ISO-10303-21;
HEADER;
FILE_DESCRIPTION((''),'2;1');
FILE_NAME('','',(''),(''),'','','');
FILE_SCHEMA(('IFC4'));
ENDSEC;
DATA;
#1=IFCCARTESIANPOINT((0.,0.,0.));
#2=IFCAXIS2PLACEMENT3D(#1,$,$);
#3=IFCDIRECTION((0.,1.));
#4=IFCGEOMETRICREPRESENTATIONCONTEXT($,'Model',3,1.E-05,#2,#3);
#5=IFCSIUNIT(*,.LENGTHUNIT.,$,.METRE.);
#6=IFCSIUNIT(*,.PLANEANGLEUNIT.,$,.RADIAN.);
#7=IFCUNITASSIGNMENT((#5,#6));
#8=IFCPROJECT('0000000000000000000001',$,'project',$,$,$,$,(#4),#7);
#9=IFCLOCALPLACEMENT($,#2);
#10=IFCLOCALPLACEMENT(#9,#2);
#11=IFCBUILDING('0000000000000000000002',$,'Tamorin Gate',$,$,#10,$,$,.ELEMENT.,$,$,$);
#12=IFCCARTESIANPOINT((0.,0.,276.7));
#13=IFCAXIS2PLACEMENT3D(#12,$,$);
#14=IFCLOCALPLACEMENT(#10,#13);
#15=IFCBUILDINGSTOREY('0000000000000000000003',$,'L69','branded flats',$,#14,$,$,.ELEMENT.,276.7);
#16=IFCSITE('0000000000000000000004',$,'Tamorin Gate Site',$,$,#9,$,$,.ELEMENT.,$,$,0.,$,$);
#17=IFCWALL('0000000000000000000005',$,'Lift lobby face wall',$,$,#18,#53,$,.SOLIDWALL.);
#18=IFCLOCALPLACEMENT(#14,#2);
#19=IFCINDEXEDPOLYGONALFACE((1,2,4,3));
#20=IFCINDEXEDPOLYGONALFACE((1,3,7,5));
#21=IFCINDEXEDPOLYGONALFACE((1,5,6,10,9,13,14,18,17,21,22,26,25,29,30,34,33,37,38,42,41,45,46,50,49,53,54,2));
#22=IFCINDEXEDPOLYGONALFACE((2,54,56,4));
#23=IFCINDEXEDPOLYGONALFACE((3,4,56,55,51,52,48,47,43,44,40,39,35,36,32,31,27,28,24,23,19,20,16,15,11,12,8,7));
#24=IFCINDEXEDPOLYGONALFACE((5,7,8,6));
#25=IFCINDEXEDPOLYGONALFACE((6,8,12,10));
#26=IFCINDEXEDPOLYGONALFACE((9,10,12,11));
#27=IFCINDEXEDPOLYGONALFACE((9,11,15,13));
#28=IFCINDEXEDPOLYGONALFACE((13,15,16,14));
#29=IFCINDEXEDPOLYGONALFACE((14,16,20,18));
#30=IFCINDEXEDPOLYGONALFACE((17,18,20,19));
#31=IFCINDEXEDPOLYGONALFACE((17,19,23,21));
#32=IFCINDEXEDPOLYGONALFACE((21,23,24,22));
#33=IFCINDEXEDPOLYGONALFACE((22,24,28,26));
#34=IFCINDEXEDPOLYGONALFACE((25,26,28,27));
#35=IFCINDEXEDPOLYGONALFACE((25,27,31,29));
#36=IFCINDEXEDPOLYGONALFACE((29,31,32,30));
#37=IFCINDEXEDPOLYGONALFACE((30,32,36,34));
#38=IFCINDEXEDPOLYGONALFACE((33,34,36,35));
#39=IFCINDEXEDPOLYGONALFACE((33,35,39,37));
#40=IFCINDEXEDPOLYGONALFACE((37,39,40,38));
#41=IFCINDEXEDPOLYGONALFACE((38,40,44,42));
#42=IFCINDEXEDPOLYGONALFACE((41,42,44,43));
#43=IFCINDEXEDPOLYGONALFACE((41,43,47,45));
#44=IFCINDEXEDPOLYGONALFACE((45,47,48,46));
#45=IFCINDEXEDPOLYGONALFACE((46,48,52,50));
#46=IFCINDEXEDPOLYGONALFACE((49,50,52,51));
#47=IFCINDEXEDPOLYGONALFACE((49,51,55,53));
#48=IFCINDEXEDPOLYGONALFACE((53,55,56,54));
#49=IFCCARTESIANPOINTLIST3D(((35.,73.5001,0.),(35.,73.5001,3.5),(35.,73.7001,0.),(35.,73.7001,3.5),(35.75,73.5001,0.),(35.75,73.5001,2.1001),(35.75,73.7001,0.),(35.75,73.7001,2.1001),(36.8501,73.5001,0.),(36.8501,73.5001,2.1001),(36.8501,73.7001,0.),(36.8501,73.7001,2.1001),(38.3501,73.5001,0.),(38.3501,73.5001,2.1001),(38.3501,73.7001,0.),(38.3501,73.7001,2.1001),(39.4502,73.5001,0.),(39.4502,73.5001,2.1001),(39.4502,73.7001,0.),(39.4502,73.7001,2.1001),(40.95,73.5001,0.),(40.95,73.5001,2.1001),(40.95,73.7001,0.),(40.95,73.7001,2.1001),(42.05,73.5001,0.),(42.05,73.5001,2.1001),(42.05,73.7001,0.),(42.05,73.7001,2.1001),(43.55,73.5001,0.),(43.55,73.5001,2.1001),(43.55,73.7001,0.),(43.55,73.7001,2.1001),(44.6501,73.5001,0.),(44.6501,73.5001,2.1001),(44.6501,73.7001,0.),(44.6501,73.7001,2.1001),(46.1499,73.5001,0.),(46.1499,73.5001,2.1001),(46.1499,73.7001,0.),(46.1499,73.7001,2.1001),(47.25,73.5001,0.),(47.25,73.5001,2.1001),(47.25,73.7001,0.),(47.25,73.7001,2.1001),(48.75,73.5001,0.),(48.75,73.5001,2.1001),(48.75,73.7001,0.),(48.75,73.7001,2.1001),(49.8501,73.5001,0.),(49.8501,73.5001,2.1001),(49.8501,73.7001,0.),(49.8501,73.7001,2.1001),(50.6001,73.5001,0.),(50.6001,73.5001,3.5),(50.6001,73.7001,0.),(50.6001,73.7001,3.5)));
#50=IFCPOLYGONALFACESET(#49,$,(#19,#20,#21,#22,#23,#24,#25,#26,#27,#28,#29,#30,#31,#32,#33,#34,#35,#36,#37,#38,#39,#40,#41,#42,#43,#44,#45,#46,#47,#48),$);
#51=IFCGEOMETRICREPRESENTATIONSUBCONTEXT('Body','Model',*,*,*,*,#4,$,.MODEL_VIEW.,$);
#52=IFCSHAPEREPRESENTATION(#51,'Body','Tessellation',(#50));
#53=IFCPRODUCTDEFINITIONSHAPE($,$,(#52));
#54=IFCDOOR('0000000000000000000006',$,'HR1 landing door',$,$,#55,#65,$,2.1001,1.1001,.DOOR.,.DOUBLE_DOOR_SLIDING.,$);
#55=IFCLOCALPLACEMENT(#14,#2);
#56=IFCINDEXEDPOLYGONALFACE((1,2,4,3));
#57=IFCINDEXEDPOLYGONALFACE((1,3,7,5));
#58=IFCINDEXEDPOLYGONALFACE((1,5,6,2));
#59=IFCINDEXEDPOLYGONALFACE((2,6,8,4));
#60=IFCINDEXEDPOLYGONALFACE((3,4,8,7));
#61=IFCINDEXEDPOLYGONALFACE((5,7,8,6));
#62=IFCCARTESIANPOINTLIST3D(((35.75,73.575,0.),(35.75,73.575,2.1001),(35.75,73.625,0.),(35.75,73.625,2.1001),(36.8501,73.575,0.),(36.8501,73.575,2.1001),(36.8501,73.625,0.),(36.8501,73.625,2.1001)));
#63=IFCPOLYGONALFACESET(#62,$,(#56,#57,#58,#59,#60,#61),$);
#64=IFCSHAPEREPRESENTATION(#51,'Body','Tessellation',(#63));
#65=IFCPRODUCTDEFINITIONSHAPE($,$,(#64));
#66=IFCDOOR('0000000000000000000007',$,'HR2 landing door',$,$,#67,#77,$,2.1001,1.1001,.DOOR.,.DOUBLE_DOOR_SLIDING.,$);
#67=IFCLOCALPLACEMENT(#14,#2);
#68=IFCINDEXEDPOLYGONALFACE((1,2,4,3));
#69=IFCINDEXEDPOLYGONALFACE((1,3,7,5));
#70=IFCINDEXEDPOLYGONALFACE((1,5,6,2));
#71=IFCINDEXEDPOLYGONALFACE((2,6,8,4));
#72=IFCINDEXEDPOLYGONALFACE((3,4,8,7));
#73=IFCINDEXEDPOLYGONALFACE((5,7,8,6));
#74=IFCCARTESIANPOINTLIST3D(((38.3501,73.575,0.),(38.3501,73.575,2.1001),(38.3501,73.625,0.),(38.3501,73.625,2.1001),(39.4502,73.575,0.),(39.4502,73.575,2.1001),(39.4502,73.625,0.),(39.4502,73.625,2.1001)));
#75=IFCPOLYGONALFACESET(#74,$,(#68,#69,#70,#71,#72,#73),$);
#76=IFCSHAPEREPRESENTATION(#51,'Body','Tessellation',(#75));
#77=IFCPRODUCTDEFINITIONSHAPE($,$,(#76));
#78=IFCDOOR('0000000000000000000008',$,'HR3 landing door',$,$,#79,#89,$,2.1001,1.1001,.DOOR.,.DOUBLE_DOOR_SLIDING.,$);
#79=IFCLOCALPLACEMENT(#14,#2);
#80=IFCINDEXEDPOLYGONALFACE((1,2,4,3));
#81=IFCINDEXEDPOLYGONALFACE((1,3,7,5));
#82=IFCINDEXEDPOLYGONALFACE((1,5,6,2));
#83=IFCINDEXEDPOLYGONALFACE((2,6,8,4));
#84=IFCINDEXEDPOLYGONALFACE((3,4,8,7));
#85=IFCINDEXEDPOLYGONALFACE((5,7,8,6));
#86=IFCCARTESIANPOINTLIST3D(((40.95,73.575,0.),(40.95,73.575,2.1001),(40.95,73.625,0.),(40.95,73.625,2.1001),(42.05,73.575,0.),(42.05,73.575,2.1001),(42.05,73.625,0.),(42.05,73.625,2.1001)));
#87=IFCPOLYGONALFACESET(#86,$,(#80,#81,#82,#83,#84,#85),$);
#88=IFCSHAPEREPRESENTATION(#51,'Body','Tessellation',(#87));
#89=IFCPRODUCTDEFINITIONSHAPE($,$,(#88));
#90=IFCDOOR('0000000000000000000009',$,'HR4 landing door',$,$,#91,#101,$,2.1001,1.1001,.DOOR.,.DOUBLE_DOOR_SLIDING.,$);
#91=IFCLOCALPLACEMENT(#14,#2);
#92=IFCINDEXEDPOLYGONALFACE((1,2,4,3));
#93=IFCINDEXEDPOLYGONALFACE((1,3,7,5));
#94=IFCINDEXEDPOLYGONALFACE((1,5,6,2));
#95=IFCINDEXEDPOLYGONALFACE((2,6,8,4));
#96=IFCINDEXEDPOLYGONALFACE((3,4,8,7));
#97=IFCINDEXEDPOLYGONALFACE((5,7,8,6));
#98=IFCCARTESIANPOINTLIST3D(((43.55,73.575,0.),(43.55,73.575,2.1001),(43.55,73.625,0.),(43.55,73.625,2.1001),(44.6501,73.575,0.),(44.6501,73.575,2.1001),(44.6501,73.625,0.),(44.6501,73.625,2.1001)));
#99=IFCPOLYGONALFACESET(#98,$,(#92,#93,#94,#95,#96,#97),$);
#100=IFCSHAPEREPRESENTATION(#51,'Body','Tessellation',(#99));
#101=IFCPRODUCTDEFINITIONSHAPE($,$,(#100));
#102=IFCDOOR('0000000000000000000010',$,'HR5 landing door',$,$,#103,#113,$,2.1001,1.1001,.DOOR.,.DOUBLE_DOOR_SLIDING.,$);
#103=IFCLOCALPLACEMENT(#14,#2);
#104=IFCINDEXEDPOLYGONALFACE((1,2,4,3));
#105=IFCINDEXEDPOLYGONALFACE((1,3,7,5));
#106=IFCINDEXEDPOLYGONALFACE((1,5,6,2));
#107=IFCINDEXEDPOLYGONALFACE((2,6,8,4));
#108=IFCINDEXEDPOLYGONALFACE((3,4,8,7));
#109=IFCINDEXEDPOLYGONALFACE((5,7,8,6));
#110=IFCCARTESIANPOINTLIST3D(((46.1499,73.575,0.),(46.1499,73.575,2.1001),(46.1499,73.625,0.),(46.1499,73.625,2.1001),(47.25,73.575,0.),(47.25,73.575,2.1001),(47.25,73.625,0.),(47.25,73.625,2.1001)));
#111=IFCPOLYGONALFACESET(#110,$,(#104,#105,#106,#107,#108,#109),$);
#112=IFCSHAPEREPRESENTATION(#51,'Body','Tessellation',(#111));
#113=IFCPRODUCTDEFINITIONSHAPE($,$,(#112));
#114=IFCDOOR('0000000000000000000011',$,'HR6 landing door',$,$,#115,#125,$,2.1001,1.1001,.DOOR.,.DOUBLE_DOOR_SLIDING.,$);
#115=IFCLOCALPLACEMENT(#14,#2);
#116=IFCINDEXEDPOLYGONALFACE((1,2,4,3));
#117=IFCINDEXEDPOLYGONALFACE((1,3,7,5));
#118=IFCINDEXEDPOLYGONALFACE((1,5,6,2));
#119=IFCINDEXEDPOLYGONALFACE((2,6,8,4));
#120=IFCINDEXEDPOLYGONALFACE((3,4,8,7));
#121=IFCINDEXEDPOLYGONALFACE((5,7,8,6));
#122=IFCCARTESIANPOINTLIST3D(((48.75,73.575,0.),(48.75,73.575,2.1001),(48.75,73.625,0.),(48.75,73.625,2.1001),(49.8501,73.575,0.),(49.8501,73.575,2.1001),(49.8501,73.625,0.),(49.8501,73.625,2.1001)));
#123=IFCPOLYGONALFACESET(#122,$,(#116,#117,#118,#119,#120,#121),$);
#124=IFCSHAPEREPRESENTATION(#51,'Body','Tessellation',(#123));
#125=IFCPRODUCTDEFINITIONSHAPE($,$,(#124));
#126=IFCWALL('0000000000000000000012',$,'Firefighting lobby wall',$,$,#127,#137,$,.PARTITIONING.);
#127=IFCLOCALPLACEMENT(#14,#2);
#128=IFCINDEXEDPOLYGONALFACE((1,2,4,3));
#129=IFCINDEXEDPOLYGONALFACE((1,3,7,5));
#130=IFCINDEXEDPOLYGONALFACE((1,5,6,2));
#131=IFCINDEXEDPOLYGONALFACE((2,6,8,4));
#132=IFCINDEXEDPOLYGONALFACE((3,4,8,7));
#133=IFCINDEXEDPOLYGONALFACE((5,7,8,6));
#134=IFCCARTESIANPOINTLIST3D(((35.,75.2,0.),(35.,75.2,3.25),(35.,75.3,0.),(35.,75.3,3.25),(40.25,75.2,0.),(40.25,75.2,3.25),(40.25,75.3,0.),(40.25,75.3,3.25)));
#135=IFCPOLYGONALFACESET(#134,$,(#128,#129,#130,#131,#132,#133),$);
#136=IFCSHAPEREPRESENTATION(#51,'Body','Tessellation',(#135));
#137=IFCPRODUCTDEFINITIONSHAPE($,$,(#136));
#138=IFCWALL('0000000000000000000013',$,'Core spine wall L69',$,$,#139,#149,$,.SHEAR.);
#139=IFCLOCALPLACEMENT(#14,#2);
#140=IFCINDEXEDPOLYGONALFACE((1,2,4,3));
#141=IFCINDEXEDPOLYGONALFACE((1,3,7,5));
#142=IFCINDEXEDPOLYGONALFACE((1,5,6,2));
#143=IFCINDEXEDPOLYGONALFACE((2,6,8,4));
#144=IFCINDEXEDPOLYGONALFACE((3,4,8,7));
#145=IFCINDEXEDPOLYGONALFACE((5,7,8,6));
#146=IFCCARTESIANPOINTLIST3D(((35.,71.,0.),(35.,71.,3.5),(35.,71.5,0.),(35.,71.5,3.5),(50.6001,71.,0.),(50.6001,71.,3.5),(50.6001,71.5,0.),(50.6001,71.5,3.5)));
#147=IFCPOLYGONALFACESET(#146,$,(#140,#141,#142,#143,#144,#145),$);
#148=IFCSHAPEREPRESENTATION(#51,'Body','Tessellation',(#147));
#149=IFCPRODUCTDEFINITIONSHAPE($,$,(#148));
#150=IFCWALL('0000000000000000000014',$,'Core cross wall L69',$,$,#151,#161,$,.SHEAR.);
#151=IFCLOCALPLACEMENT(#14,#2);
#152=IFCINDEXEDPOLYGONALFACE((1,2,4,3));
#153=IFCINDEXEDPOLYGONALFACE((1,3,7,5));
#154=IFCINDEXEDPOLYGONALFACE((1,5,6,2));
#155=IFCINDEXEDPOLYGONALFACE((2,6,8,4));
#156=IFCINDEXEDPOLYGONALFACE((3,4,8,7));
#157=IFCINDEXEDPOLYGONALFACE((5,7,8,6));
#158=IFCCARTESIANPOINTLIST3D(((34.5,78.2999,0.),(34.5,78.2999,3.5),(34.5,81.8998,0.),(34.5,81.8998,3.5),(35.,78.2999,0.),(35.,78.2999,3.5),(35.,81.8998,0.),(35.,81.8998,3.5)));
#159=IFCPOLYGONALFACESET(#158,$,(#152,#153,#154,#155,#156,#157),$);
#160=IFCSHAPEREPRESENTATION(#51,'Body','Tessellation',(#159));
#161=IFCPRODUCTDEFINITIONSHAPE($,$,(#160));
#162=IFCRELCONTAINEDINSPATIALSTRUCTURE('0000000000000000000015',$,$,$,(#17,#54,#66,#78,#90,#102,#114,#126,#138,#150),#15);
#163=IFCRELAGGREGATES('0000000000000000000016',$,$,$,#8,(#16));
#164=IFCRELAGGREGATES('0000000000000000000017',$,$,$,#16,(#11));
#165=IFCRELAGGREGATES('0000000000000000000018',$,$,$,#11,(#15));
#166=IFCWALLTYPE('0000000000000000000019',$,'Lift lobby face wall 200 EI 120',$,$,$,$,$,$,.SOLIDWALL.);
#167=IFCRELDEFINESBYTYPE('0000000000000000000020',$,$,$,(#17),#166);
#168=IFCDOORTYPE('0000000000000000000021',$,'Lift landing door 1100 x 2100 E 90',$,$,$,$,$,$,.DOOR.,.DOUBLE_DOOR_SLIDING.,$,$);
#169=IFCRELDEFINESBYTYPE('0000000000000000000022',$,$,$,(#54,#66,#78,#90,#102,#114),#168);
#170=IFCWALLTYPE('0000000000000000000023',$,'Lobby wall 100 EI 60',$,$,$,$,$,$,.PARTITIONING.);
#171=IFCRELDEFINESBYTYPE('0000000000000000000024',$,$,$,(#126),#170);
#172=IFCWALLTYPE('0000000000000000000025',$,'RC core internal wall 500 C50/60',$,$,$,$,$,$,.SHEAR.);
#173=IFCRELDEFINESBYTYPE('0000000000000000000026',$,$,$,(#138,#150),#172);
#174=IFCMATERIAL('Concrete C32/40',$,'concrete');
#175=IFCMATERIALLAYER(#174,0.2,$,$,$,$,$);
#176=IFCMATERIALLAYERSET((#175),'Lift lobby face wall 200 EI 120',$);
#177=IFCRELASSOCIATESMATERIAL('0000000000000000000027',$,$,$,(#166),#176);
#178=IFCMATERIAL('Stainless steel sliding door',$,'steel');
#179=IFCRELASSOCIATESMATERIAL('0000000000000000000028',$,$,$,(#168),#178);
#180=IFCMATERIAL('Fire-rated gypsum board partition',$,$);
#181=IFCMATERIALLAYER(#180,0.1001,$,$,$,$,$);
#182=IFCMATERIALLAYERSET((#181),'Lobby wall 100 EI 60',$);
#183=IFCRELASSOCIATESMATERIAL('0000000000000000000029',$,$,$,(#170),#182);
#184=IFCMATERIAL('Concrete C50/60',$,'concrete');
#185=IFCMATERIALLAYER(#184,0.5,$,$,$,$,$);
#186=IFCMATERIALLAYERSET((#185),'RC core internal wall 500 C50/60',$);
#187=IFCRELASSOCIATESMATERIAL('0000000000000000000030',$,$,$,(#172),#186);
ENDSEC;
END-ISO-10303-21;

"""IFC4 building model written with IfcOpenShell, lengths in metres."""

from ifc_helpers import new_model, si_unit, direction, frame, frame_2d, origin, place, context, subcontext, project, spatial, rectangle, extrude, material, layer, layer_set, type_object, element, fill, save


model = new_model("IFC4")

# Units and contexts
model_context = context("Model", 3, precision=1e-05, world=origin(), true_north=direction((0.0, 1.0)))
body_context = subcontext(model_context, "Body", "Model", "MODEL_VIEW")
ifc_project = project(units=[si_unit("LENGTHUNIT", "METRE"), si_unit("PLANEANGLEUNIT", "RADIAN")], contexts=[model_context])

# Site, building, storey
site_placement = place(None, origin())
site = spatial("IfcSite", under=ifc_project, at=site_placement, Name="Tamorin Gate Site", CompositionType="ELEMENT", RefElevation=0.0)
building_placement = place(site_placement, origin())
building = spatial("IfcBuilding", under=site, at=building_placement, Name="Tamorin Gate", CompositionType="ELEMENT")
storey_placement = place(building_placement, frame((0.0, 0.0, 276.7)))
storey = spatial("IfcBuildingStorey", under=building, at=storey_placement, Name="L69", Description="branded flats", CompositionType="ELEMENT", Elevation=276.7)

# Wall, openings, doors
ifc_material_1 = material(Name="Concrete C32/40", Category="concrete")
ifc_layer_1 = layer(ifc_material_1, 0.2)
ifc_layer_set_1 = layer_set([ifc_layer_1], Name="Lift lobby face wall 200 EI 120")
wall_type_1 = type_object("IfcWallType", Name="Lift lobby face wall 200 EI 120", PredefinedType="SOLIDWALL", material=ifc_layer_set_1)
wall_1_placement = place(storey_placement, frame((35.0, 73.6001, 0.0), z_axis=(0.0, 0.0, 1.0), x_axis=(1.0, 0.0, 0.0)))
wall_1 = element("IfcWall", 1, at=wall_1_placement, inside=storey, type_object=wall_type_1, Name="Lift lobby face wall", PredefinedType="SOLIDWALL", context=body_context, shape_type="SweptSolid", body=[
    extrude(rectangle(XDim=15.6001, YDim=0.2, at=frame_2d((7.8, 0.0))), origin(), (0.0, 0.0, 1.0), 3.5),
])
opening_1_placement = place(wall_1_placement, frame((0.75, 0.0, 0.0)))
opening_1 = element("IfcOpeningElement", 2, at=opening_1_placement, cuts=wall_1, PredefinedType="OPENING", context=body_context, shape_type="SweptSolid", body=[
    extrude(rectangle(XDim=1.1001, YDim=2.1001, at=frame_2d((0.55, 1.05))), frame((0.0, 0.1099, 0.0), z_axis=(0.0, -1.0, 0.0), x_axis=(1.0, 0.0, 0.0)), (0.0, 0.0, 1.0), 0.22),
])
opening_2_placement = place(wall_1_placement, frame((3.3501, 0.0, 0.0)))
opening_2 = element("IfcOpeningElement", 3, at=opening_2_placement, cuts=wall_1, PredefinedType="OPENING", context=body_context, shape_type="SweptSolid", body=[
    extrude(rectangle(XDim=1.1001, YDim=2.1001, at=frame_2d((0.55, 1.05))), frame((0.0, 0.1099, 0.0), z_axis=(0.0, -1.0, 0.0), x_axis=(1.0, 0.0, 0.0)), (0.0, 0.0, 1.0), 0.22),
])
opening_3_placement = place(wall_1_placement, frame((5.95, 0.0, 0.0)))
opening_3 = element("IfcOpeningElement", 4, at=opening_3_placement, cuts=wall_1, PredefinedType="OPENING", context=body_context, shape_type="SweptSolid", body=[
    extrude(rectangle(XDim=1.1001, YDim=2.1001, at=frame_2d((0.55, 1.05))), frame((0.0, 0.1099, 0.0), z_axis=(0.0, -1.0, 0.0), x_axis=(1.0, 0.0, 0.0)), (0.0, 0.0, 1.0), 0.22),
])
opening_4_placement = place(wall_1_placement, frame((8.55, 0.0, 0.0)))
opening_4 = element("IfcOpeningElement", 5, at=opening_4_placement, cuts=wall_1, PredefinedType="OPENING", context=body_context, shape_type="SweptSolid", body=[
    extrude(rectangle(XDim=1.1001, YDim=2.1001, at=frame_2d((0.55, 1.05))), frame((0.0, 0.1099, 0.0), z_axis=(0.0, -1.0, 0.0), x_axis=(1.0, 0.0, 0.0)), (0.0, 0.0, 1.0), 0.22),
])
opening_5_placement = place(wall_1_placement, frame((11.1499, 0.0, 0.0)))
opening_5 = element("IfcOpeningElement", 6, at=opening_5_placement, cuts=wall_1, PredefinedType="OPENING", context=body_context, shape_type="SweptSolid", body=[
    extrude(rectangle(XDim=1.1001, YDim=2.1001, at=frame_2d((0.55, 1.05))), frame((0.0, 0.1099, 0.0), z_axis=(0.0, -1.0, 0.0), x_axis=(1.0, 0.0, 0.0)), (0.0, 0.0, 1.0), 0.22),
])
opening_6_placement = place(wall_1_placement, frame((13.75, 0.0, 0.0)))
opening_6 = element("IfcOpeningElement", 7, at=opening_6_placement, cuts=wall_1, PredefinedType="OPENING", context=body_context, shape_type="SweptSolid", body=[
    extrude(rectangle(XDim=1.1001, YDim=2.1001, at=frame_2d((0.55, 1.05))), frame((0.0, 0.1099, 0.0), z_axis=(0.0, -1.0, 0.0), x_axis=(1.0, 0.0, 0.0)), (0.0, 0.0, 1.0), 0.22),
])
ifc_material_2 = material(Name="Stainless steel sliding door", Category="steel")
door_type_1 = type_object("IfcDoorType", Name="Lift landing door 1100 x 2100 E 90", OperationType="DOUBLE_DOOR_SLIDING", PredefinedType="DOOR", material=ifc_material_2)
door_1_placement = place(opening_1_placement, origin())
door_1 = element("IfcDoor", 8, at=door_1_placement, inside=storey, type_object=door_type_1, Name="HR1 landing door", OperationType="DOUBLE_DOOR_SLIDING", OverallHeight=2.1001, OverallWidth=1.1001, PredefinedType="DOOR", context=body_context, shape_type="SweptSolid", body=[
    extrude(rectangle(XDim=1.1001, YDim=2.1001, at=frame_2d((0.55, 1.05))), frame((0.0, 0.0249, 0.0), z_axis=(0.0, -1.0, 0.0), x_axis=(1.0, 0.0, 0.0)), (0.0, 0.0, 1.0), 0.05),
])
fill(opening_1, door_1)
door_2_placement = place(opening_2_placement, origin())
door_2 = element("IfcDoor", 9, at=door_2_placement, inside=storey, type_object=door_type_1, Name="HR2 landing door", OperationType="DOUBLE_DOOR_SLIDING", OverallHeight=2.1001, OverallWidth=1.1001, PredefinedType="DOOR", context=body_context, shape_type="SweptSolid", body=[
    extrude(rectangle(XDim=1.1001, YDim=2.1001, at=frame_2d((0.55, 1.05))), frame((0.0, 0.0249, 0.0), z_axis=(0.0, -1.0, 0.0), x_axis=(1.0, 0.0, 0.0)), (0.0, 0.0, 1.0), 0.05),
])
fill(opening_2, door_2)
door_3_placement = place(opening_3_placement, origin())
door_3 = element("IfcDoor", 10, at=door_3_placement, inside=storey, type_object=door_type_1, Name="HR3 landing door", OperationType="DOUBLE_DOOR_SLIDING", OverallHeight=2.1001, OverallWidth=1.1001, PredefinedType="DOOR", context=body_context, shape_type="SweptSolid", body=[
    extrude(rectangle(XDim=1.1001, YDim=2.1001, at=frame_2d((0.55, 1.05))), frame((0.0, 0.0249, 0.0), z_axis=(0.0, -1.0, 0.0), x_axis=(1.0, 0.0, 0.0)), (0.0, 0.0, 1.0), 0.05),
])
fill(opening_3, door_3)
door_4_placement = place(opening_4_placement, origin())
door_4 = element("IfcDoor", 11, at=door_4_placement, inside=storey, type_object=door_type_1, Name="HR4 landing door", OperationType="DOUBLE_DOOR_SLIDING", OverallHeight=2.1001, OverallWidth=1.1001, PredefinedType="DOOR", context=body_context, shape_type="SweptSolid", body=[
    extrude(rectangle(XDim=1.1001, YDim=2.1001, at=frame_2d((0.55, 1.05))), frame((0.0, 0.0249, 0.0), z_axis=(0.0, -1.0, 0.0), x_axis=(1.0, 0.0, 0.0)), (0.0, 0.0, 1.0), 0.05),
])
fill(opening_4, door_4)
door_5_placement = place(opening_5_placement, origin())
door_5 = element("IfcDoor", 12, at=door_5_placement, inside=storey, type_object=door_type_1, Name="HR5 landing door", OperationType="DOUBLE_DOOR_SLIDING", OverallHeight=2.1001, OverallWidth=1.1001, PredefinedType="DOOR", context=body_context, shape_type="SweptSolid", body=[
    extrude(rectangle(XDim=1.1001, YDim=2.1001, at=frame_2d((0.55, 1.05))), frame((0.0, 0.0249, 0.0), z_axis=(0.0, -1.0, 0.0), x_axis=(1.0, 0.0, 0.0)), (0.0, 0.0, 1.0), 0.05),
])
fill(opening_5, door_5)
door_6_placement = place(opening_6_placement, origin())
door_6 = element("IfcDoor", 13, at=door_6_placement, inside=storey, type_object=door_type_1, Name="HR6 landing door", OperationType="DOUBLE_DOOR_SLIDING", OverallHeight=2.1001, OverallWidth=1.1001, PredefinedType="DOOR", context=body_context, shape_type="SweptSolid", body=[
    extrude(rectangle(XDim=1.1001, YDim=2.1001, at=frame_2d((0.55, 1.05))), frame((0.0, 0.0249, 0.0), z_axis=(0.0, -1.0, 0.0), x_axis=(1.0, 0.0, 0.0)), (0.0, 0.0, 1.0), 0.05),
])
fill(opening_6, door_6)

# Walls
ifc_material_3 = material(Name="Fire-rated gypsum board partition")
ifc_layer_2 = layer(ifc_material_3, 0.1001)
ifc_layer_set_2 = layer_set([ifc_layer_2], Name="Lobby wall 100 EI 60")
wall_type_2 = type_object("IfcWallType", Name="Lobby wall 100 EI 60", PredefinedType="PARTITIONING", material=ifc_layer_set_2)
wall_2_placement = place(storey_placement, frame((35.0, 75.25, 0.0), z_axis=(0.0, 0.0, 1.0), x_axis=(1.0, 0.0, 0.0)))
element("IfcWall", 14, at=wall_2_placement, inside=storey, type_object=wall_type_2, Name="Firefighting lobby wall", PredefinedType="PARTITIONING", context=body_context, shape_type="SweptSolid", body=[
    extrude(rectangle(XDim=5.25, YDim=0.1001, at=frame_2d((2.625, 0.0))), origin(), (0.0, 0.0, 1.0), 3.25),
])
ifc_material_4 = material(Name="Concrete C50/60", Category="concrete")
ifc_layer_3 = layer(ifc_material_4, 0.5)
ifc_layer_set_3 = layer_set([ifc_layer_3], Name="RC core internal wall 500 C50/60")
wall_type_3 = type_object("IfcWallType", Name="RC core internal wall 500 C50/60", PredefinedType="SHEAR", material=ifc_layer_set_3)
wall_3_placement = place(storey_placement, frame((35.0, 71.25, 0.0), z_axis=(0.0, 0.0, 1.0), x_axis=(1.0, 0.0, 0.0)))
element("IfcWall", 15, at=wall_3_placement, inside=storey, type_object=wall_type_3, Name="Core spine wall L69", PredefinedType="SHEAR", context=body_context, shape_type="SweptSolid", body=[
    extrude(rectangle(XDim=15.6001, YDim=0.5, at=frame_2d((7.8, 0.0))), origin(), (0.0, 0.0, 1.0), 3.5),
])
wall_4_placement = place(storey_placement, frame((34.75, 78.3, 0.0), z_axis=(0.0, 0.0, 1.0), x_axis=(0.0, 1.0, 0.0)))
element("IfcWall", 16, at=wall_4_placement, inside=storey, type_object=wall_type_3, Name="Core cross wall L69", PredefinedType="SHEAR", context=body_context, shape_type="SweptSolid", body=[
    extrude(rectangle(XDim=3.5999, YDim=0.5, at=frame_2d((1.7998, 0.0))), origin(), (0.0, 0.0, 1.0), 3.5),
])

save(model, "model.ifc")
